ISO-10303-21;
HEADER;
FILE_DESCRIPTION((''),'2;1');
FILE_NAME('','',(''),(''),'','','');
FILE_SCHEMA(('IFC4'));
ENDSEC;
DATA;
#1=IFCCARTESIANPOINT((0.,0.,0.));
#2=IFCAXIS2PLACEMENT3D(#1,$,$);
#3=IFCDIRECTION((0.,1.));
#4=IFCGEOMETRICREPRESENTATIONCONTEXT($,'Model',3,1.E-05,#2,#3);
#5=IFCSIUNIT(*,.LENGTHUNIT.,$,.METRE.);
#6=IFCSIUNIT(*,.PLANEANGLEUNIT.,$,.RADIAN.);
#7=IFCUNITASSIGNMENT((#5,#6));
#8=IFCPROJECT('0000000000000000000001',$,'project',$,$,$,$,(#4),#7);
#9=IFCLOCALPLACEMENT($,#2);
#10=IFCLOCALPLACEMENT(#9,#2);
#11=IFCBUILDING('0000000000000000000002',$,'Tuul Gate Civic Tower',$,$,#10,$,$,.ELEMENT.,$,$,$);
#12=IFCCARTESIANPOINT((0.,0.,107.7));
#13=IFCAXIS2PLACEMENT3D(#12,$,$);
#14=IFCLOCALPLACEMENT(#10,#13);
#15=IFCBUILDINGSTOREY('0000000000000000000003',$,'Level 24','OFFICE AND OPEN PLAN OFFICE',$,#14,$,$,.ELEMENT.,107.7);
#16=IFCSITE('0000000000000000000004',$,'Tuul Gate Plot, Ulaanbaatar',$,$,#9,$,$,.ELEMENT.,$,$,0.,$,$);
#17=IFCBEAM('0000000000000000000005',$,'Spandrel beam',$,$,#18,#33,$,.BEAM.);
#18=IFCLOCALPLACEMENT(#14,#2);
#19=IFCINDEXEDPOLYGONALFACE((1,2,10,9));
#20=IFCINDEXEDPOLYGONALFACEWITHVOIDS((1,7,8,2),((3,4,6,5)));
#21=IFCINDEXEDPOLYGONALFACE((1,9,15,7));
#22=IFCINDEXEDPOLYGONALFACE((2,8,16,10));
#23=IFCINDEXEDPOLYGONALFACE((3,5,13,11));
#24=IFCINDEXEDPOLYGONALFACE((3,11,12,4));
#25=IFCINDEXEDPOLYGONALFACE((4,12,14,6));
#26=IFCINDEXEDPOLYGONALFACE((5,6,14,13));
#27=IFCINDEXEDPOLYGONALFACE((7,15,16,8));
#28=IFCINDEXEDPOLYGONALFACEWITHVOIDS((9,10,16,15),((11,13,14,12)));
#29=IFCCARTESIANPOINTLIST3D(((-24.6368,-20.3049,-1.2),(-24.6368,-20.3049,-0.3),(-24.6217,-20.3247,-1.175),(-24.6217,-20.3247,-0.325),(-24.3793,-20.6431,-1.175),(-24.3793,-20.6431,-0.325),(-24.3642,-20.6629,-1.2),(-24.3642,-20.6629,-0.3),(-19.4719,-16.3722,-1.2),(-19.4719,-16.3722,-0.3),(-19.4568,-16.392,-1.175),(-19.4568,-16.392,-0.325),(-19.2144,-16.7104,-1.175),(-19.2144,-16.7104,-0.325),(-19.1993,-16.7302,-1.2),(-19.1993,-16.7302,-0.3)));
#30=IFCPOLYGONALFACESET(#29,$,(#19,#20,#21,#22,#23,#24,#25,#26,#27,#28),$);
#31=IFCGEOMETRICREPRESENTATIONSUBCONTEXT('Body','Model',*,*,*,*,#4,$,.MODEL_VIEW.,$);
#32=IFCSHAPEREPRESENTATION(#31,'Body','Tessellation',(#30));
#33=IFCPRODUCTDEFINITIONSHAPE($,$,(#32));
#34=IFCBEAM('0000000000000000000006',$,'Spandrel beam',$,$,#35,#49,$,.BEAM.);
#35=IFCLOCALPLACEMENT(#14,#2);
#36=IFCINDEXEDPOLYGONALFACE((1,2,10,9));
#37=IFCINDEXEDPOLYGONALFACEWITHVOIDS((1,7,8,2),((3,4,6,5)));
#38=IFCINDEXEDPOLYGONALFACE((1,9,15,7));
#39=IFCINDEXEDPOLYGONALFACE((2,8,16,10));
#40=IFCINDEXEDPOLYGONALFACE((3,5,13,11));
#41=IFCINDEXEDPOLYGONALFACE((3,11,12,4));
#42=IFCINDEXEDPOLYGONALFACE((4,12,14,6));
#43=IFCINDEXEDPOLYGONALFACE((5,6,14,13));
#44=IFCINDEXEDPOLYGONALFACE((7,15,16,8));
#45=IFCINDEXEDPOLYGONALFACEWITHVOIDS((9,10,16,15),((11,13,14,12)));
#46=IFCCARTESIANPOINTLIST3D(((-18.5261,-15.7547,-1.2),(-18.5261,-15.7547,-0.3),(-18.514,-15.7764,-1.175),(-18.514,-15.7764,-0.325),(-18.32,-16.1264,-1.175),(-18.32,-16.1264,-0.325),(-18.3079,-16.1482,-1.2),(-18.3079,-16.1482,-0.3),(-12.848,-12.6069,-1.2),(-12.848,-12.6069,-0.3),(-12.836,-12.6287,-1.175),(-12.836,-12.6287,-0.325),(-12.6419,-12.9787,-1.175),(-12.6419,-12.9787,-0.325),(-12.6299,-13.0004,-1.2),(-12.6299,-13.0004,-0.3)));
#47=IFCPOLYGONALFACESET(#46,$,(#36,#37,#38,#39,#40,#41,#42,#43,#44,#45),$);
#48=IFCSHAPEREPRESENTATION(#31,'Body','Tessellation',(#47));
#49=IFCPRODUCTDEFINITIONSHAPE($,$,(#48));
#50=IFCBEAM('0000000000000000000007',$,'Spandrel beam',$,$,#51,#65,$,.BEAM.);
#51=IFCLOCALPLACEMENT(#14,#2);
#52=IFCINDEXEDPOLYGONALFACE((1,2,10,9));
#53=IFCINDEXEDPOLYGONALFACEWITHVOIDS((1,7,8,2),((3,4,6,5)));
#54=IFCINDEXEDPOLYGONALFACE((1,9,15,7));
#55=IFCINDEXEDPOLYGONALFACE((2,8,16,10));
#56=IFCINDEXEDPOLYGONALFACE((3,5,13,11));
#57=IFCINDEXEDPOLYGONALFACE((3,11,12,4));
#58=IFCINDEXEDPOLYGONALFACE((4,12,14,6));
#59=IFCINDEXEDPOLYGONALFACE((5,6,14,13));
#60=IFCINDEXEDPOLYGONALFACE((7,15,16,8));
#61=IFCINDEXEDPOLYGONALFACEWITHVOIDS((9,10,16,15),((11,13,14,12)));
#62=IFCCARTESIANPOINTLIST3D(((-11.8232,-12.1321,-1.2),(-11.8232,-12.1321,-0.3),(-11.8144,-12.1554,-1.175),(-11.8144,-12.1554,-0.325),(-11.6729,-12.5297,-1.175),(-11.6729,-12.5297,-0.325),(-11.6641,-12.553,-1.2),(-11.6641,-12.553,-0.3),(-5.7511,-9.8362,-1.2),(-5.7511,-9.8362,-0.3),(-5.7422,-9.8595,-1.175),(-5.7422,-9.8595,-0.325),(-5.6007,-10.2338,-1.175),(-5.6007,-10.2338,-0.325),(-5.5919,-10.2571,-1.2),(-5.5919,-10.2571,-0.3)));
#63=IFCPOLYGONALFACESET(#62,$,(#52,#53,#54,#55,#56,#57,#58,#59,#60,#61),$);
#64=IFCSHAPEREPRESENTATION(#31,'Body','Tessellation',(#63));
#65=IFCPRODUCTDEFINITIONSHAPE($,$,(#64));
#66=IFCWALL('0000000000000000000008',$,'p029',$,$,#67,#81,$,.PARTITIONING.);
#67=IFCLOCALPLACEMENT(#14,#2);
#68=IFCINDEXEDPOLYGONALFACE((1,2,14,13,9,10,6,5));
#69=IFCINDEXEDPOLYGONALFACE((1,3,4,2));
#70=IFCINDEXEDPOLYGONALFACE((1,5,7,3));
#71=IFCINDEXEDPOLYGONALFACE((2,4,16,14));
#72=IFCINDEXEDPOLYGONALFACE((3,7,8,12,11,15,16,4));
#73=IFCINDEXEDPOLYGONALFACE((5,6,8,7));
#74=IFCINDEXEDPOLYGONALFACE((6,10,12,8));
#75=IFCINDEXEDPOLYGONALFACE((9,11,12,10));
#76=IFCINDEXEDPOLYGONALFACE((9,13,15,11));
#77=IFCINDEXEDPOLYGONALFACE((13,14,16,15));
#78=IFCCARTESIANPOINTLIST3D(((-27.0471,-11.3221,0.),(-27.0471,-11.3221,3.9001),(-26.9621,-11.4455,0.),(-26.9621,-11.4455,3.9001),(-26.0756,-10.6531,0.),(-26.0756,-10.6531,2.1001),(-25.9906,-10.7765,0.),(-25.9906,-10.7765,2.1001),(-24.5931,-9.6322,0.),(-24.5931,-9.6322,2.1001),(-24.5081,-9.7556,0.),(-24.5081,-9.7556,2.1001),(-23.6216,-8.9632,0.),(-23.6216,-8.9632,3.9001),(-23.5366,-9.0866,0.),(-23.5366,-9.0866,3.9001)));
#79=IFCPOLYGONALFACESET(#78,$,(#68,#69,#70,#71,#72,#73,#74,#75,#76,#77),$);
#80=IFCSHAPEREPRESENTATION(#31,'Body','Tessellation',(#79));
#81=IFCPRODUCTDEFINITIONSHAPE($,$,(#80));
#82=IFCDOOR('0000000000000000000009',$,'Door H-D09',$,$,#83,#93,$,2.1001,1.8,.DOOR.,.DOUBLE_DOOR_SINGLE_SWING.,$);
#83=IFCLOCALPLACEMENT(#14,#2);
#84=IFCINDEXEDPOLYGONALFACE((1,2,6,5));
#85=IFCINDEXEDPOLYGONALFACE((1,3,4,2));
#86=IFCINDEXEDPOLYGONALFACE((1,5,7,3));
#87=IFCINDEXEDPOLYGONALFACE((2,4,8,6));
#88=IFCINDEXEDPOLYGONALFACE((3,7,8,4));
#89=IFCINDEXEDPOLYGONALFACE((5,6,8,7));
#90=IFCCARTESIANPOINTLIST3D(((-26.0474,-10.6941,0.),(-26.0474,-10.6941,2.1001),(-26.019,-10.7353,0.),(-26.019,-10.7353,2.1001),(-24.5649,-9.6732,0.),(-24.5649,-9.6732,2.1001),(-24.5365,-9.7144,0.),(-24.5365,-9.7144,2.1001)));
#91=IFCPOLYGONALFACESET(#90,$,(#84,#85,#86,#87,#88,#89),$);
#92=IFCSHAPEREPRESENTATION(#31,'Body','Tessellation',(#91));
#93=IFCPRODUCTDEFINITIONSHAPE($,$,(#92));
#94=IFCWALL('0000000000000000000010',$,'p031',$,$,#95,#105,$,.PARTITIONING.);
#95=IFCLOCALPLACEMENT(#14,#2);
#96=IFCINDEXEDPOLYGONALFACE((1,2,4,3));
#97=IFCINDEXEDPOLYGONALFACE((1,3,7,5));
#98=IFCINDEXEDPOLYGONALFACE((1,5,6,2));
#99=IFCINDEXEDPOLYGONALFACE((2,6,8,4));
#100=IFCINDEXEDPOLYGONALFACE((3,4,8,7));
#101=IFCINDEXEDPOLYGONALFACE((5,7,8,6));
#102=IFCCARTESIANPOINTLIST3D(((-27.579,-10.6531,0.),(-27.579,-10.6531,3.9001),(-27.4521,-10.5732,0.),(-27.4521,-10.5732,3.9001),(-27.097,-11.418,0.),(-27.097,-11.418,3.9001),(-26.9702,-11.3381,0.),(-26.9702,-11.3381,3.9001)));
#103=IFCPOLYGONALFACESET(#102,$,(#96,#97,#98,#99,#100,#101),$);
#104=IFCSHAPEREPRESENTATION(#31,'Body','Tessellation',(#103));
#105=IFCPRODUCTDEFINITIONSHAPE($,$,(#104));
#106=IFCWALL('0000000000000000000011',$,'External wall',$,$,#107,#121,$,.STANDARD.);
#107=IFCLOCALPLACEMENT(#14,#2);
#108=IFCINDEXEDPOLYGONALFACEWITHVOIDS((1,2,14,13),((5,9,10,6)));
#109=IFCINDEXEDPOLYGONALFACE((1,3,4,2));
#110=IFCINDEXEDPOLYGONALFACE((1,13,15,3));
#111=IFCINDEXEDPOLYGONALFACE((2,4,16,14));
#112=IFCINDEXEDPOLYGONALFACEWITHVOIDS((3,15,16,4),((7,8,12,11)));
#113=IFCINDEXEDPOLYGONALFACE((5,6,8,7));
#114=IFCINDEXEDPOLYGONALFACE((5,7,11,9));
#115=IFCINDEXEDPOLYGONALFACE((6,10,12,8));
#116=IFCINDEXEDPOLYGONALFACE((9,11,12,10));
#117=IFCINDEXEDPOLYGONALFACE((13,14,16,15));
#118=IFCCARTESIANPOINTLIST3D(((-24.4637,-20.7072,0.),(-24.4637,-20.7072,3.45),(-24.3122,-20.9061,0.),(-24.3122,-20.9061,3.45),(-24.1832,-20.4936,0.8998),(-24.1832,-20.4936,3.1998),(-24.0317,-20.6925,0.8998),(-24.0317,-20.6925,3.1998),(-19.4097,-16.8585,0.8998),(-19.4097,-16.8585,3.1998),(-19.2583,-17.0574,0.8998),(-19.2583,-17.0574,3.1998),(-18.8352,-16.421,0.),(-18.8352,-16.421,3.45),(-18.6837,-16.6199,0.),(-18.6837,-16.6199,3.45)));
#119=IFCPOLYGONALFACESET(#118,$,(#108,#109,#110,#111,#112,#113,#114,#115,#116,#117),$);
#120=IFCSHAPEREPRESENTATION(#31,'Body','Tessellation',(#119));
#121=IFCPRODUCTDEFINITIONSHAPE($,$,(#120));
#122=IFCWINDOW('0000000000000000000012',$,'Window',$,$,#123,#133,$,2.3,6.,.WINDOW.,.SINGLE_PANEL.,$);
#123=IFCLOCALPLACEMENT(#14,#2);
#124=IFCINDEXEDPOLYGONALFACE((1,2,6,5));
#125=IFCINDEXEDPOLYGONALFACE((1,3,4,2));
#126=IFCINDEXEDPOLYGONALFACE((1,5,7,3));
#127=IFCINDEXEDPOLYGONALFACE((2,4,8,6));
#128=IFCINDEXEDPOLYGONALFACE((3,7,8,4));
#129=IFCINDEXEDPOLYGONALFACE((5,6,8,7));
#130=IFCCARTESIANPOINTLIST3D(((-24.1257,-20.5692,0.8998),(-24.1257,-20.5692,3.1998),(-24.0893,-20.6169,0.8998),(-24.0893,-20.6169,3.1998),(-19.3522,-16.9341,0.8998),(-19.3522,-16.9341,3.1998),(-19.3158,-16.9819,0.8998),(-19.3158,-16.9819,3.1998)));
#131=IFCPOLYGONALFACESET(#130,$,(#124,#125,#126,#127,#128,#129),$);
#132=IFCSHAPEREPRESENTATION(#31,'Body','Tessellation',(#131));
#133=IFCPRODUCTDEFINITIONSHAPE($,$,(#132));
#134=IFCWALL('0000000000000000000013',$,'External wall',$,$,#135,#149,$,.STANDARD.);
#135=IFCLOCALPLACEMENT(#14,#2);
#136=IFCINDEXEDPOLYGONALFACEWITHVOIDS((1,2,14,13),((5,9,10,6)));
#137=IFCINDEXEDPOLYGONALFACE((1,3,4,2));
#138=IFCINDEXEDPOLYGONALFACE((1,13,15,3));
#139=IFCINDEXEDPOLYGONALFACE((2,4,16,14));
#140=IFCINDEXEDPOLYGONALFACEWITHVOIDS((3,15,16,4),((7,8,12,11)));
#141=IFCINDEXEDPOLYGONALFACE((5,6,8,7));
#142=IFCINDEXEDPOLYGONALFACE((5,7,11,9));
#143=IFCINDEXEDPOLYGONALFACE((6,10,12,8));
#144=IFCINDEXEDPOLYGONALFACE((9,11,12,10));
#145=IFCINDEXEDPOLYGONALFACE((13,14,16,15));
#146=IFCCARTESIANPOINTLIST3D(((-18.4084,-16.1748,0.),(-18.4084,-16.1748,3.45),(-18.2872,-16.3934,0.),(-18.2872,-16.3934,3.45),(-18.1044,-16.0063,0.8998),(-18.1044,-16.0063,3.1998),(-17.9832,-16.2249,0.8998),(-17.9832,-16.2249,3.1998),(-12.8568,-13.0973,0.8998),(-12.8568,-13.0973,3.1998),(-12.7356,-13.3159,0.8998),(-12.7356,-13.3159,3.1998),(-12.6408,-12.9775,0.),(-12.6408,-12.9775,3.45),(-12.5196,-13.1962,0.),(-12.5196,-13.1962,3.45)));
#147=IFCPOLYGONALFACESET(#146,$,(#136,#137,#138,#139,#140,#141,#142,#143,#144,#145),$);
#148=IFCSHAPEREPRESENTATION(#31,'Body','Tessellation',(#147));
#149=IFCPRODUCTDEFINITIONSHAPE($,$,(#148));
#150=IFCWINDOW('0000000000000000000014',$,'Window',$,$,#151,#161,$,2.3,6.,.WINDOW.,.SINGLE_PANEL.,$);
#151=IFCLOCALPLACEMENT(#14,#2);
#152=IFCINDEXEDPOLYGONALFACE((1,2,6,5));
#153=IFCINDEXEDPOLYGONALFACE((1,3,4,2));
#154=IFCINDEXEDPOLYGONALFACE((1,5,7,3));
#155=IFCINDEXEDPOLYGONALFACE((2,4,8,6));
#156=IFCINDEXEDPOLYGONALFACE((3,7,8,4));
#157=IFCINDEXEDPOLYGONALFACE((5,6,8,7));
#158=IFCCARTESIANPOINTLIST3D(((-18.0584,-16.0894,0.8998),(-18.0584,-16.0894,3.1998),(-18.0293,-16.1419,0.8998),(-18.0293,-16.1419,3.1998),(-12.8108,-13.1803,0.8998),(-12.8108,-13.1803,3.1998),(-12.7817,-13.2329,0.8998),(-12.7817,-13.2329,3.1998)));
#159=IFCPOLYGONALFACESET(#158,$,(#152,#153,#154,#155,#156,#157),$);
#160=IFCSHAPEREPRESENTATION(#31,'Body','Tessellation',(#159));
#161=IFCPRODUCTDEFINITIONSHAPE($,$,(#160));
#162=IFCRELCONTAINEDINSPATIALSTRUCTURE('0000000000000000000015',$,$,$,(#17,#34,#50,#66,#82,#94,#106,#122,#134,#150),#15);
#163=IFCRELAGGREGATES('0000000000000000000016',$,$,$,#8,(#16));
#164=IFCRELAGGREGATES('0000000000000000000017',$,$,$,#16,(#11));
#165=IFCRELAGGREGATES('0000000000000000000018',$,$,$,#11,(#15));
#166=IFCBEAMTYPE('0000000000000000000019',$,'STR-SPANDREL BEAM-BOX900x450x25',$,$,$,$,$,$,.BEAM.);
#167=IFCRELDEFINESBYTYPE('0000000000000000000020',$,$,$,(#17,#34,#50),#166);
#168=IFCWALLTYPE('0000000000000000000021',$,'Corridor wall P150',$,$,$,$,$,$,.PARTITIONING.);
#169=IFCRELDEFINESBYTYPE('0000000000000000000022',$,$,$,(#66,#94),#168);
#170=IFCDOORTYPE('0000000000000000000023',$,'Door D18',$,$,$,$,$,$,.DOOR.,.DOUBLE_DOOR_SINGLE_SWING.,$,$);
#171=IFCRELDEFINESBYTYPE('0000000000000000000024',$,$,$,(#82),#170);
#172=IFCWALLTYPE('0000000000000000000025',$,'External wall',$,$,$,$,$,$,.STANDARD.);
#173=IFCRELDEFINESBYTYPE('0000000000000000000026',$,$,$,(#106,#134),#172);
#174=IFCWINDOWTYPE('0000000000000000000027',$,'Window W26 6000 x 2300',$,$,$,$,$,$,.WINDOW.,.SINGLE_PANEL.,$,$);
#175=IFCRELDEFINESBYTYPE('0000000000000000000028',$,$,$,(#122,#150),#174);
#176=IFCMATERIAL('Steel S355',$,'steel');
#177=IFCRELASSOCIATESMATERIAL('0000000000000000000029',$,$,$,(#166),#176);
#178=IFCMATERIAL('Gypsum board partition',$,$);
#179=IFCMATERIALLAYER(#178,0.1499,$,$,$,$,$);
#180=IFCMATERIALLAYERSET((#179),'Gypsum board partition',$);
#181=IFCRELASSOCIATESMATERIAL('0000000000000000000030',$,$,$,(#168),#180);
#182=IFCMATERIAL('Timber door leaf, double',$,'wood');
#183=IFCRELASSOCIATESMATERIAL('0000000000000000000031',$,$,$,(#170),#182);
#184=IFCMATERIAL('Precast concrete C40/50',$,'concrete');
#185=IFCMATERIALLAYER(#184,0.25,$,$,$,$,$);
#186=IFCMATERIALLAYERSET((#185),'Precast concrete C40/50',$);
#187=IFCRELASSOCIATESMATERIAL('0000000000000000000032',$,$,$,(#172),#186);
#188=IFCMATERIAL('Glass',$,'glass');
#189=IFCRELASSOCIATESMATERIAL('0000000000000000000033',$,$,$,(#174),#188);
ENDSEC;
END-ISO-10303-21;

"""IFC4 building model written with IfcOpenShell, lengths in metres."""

from ifc_helpers import new_model, si_unit, direction, frame, frame_2d, origin, origin_2d, place, context, subcontext, project, spatial, rectangle, hollow_rectangle, extrude, material, layer, layer_set, material_profile, profile_set, type_object, element, fill, save


model = new_model("IFC4")

# Units and contexts
model_context = context("Model", 3, precision=1e-05, world=origin(), true_north=direction((0.0, 1.0)))
body_context = subcontext(model_context, "Body", "Model", "MODEL_VIEW")
ifc_project = project(units=[si_unit("LENGTHUNIT", "METRE"), si_unit("PLANEANGLEUNIT", "RADIAN")], contexts=[model_context])

# Site, building, storey
site_placement = place(None, origin())
site = spatial("IfcSite", under=ifc_project, at=site_placement, Name="Tuul Gate Plot, Ulaanbaatar", CompositionType="ELEMENT", RefElevation=0.0)
building_placement = place(site_placement, origin())
building = spatial("IfcBuilding", under=site, at=building_placement, Name="Tuul Gate Civic Tower", CompositionType="ELEMENT")
storey_placement = place(building_placement, frame((0.0, 0.0, 107.7)))
storey = spatial("IfcBuildingStorey", under=building, at=storey_placement, Name="Level 24", Description="OFFICE AND OPEN PLAN OFFICE", CompositionType="ELEMENT", Elevation=107.7)

# Beams
ifc_material_1 = material(Name="Steel S355", Category="steel")
ifc_material_profile_1 = material_profile(ifc_material_1, hollow_rectangle(XDim=0.45, YDim=0.8999, WallThickness=0.0249, at=origin_2d()), Name="BOX900x450x25")
ifc_profile_set_1 = profile_set([ifc_material_profile_1], Name="Steel S355")
beam_type_1 = type_object("IfcBeamType", Name="STR-SPANDREL BEAM-BOX900x450x25", PredefinedType="BEAM", material=ifc_profile_set_1)
beam_1_placement = place(storey_placement, frame((-24.5005, -20.4839, -0.75), z_axis=(0.795615, 0.605803, 0.0), x_axis=(-0.605803, 0.795615, 0.0)))
element("IfcBeam", 1, at=beam_1_placement, inside=storey, type_object=beam_type_1, Name="Spandrel beam", PredefinedType="BEAM", context=body_context, shape_type="SweptSolid", body=[
    extrude(hollow_rectangle(XDim=0.45, YDim=0.8999, WallThickness=0.0249, at=origin_2d()), origin(), (0.0, 0.0, 1.0), 6.4917),
])
beam_2_placement = place(storey_placement, frame((-18.417, -15.9514, -0.75), z_axis=(0.874597, 0.484851, 0.0), x_axis=(-0.484851, 0.874597, 0.0)))
element("IfcBeam", 2, at=beam_2_placement, inside=storey, type_object=beam_type_1, Name="Spandrel beam", PredefinedType="BEAM", context=body_context, shape_type="SweptSolid", body=[
    extrude(hollow_rectangle(XDim=0.45, YDim=0.8999, WallThickness=0.0249, at=origin_2d()), origin(), (0.0, 0.0, 1.0), 6.4922),
])
beam_3_placement = place(storey_placement, frame((-11.7437, -12.3425, -0.75), z_axis=(0.935374, 0.353661, 0.0), x_axis=(-0.353661, 0.935374, 0.0)))
element("IfcBeam", 3, at=beam_3_placement, inside=storey, type_object=beam_type_1, Name="Spandrel beam", PredefinedType="BEAM", context=body_context, shape_type="SweptSolid", body=[
    extrude(hollow_rectangle(XDim=0.45, YDim=0.8999, WallThickness=0.0249, at=origin_2d()), origin(), (0.0, 0.0, 1.0), 6.4917),
])

# Wall, opening, door
ifc_material_2 = material(Name="Gypsum board partition")
ifc_layer_1 = layer(ifc_material_2, 0.1499)
ifc_layer_set_1 = layer_set([ifc_layer_1], Name="Gypsum board partition")
wall_type_1 = type_object("IfcWallType", Name="Corridor wall P150", PredefinedType="PARTITIONING", material=ifc_layer_set_1)
wall_1_placement = place(storey_placement, frame((-27.0046, -11.3838, 0.0), z_axis=(0.0, 0.0, 1.0), x_axis=(0.823612, 0.567154, 0.0)))
wall_1 = element("IfcWall", 4, at=wall_1_placement, inside=storey, type_object=wall_type_1, Name="p029", PredefinedType="PARTITIONING", context=body_context, shape_type="SweptSolid", body=[
    extrude(rectangle(XDim=4.1592, YDim=0.1499, at=frame_2d((2.0796, 0.0))), origin(), (0.0, 0.0, 1.0), 3.9001),
])
opening_1_placement = place(wall_1_placement, frame((1.1797, 0.0, 0.0)))
opening_1 = element("IfcOpeningElement", 5, at=opening_1_placement, cuts=wall_1, PredefinedType="OPENING", context=body_context, shape_type="SweptSolid", body=[
    extrude(rectangle(XDim=1.8, YDim=2.1001, at=frame_2d((0.8999, 1.05))), frame((0.0, 0.085, 0.0), z_axis=(0.0, -1.0, 0.0), x_axis=(1.0, 0.0, 0.0)), (0.0, 0.0, 1.0), 0.1699),
])
ifc_material_3 = material(Name="Timber door leaf, double", Category="wood")
door_type = type_object("IfcDoorType", Name="Door D18", OperationType="DOUBLE_DOOR_SINGLE_SWING", PredefinedType="DOOR", material=ifc_material_3)
door_placement = place(opening_1_placement, frame((1.8, 0.0, 0.0), z_axis=(0.0, 0.0, 1.0), x_axis=(-1.0, 0.0, 0.0)))
door = element("IfcDoor", 6, at=door_placement, inside=storey, type_object=door_type, Name="Door H-D09", OperationType="DOUBLE_DOOR_SINGLE_SWING", OverallHeight=2.1001, OverallWidth=1.8, PredefinedType="DOOR", context=body_context, shape_type="SweptSolid", body=[
    extrude(rectangle(XDim=1.8, YDim=2.1001, at=frame_2d((0.9001, 1.05))), frame((0.0, 0.0249, 0.0), z_axis=(0.0, -1.0, 0.0), x_axis=(1.0, 0.0, 0.0)), (0.0, 0.0, 1.0), 0.05),
])
fill(opening_1, door)

# Wall
wall_2_placement = place(storey_placement, frame((-27.5156, -10.613, 0.0), z_axis=(0.0, 0.0, 1.0), x_axis=(0.533078, -0.846066, 0.0)))
element("IfcWall", 7, at=wall_2_placement, inside=storey, type_object=wall_type_1, Name="p031", PredefinedType="PARTITIONING", context=body_context, shape_type="SweptSolid", body=[
    extrude(rectangle(XDim=0.9041, YDim=0.1499, at=frame_2d((0.4521, 0.0))), origin(), (0.0, 0.0, 1.0), 3.9001),
])

# Walls, openings, windows
ifc_material_4 = material(Name="Precast concrete C40/50", Category="concrete")
ifc_layer_2 = layer(ifc_material_4, 0.25)
ifc_layer_set_2 = layer_set([ifc_layer_2], Name="Precast concrete C40/50")
wall_type_2 = type_object("IfcWallType", Name="External wall", PredefinedType="STANDARD", material=ifc_layer_set_2)
wall_3_placement = place(storey_placement, frame((-24.3879, -20.8066, 0.0), z_axis=(0.0, 0.0, 1.0), x_axis=(0.795581, 0.605848, 0.0)))
wall_3 = element("IfcWall", 8, at=wall_3_placement, inside=storey, type_object=wall_type_2, Name="External wall", PredefinedType="STANDARD", context=body_context, shape_type="SweptSolid", body=[
    extrude(rectangle(XDim=7.0747, YDim=0.25, at=frame_2d((3.5374, 0.0))), origin(), (0.0, 0.0, 1.0), 3.45),
])
opening_2_placement = place(wall_3_placement, frame((0.3525, 0.0, 0.8999)))
opening_2 = element("IfcOpeningElement", 9, at=opening_2_placement, cuts=wall_3, PredefinedType="OPENING", context=body_context, shape_type="SweptSolid", body=[
    extrude(rectangle(XDim=6.0, YDim=2.3, at=frame_2d((3.0, 1.1499))), frame((0.0, 0.135, 0.0), z_axis=(0.0, -1.0, 0.0), x_axis=(1.0, 0.0, 0.0)), (0.0, 0.0, 1.0), 0.27),
])
ifc_material_5 = material(Name="Glass", Category="glass")
window_type = type_object("IfcWindowType", Name="Window W26 6000 x 2300", PartitioningType="SINGLE_PANEL", PredefinedType="WINDOW", material=ifc_material_5)
window_1_placement = place(opening_2_placement, origin())
window_1 = element("IfcWindow", 10, at=window_1_placement, inside=storey, type_object=window_type, Name="Window", OverallHeight=2.3, OverallWidth=6.0, PartitioningType="SINGLE_PANEL", PredefinedType="WINDOW", context=body_context, shape_type="SweptSolid", body=[
    extrude(rectangle(XDim=6.0, YDim=2.3, at=frame_2d((3.0, 1.1499))), frame((0.0, 0.03, 0.0), z_axis=(0.0, -1.0, 0.0), x_axis=(1.0, 0.0, 0.0)), (0.0, 0.0, 1.0), 0.0601),
])
fill(opening_2, window_1)
wall_4_placement = place(storey_placement, frame((-18.3479, -16.2842, 0.0), z_axis=(0.0, 0.0, 1.0), x_axis=(0.874604, 0.484838, 0.0)))
wall_4 = element("IfcWall", 11, at=wall_4_placement, inside=storey, type_object=wall_type_2, Name="External wall", PredefinedType="STANDARD", context=body_context, shape_type="SweptSolid", body=[
    extrude(rectangle(XDim=6.5945, YDim=0.25, at=frame_2d((3.2974, 0.0))), origin(), (0.0, 0.0, 1.0), 3.45),
])
opening_3_placement = place(wall_4_placement, frame((0.3477, 0.0, 0.8999)))
opening_3 = element("IfcOpeningElement", 12, at=opening_3_placement, cuts=wall_4, PredefinedType="OPENING", context=body_context, shape_type="SweptSolid", body=[
    extrude(rectangle(XDim=6.0, YDim=2.3, at=frame_2d((3.0, 1.1499))), frame((0.0, 0.135, 0.0), z_axis=(0.0, -1.0, 0.0), x_axis=(1.0, 0.0, 0.0)), (0.0, 0.0, 1.0), 0.27),
])
window_2_placement = place(opening_3_placement, origin())
window_2 = element("IfcWindow", 13, at=window_2_placement, inside=storey, type_object=window_type, Name="Window", OverallHeight=2.3, OverallWidth=6.0, PartitioningType="SINGLE_PANEL", PredefinedType="WINDOW", context=body_context, shape_type="SweptSolid", body=[
    extrude(rectangle(XDim=6.0, YDim=2.3, at=frame_2d((3.0, 1.1499))), frame((0.0, 0.03, 0.0), z_axis=(0.0, -1.0, 0.0), x_axis=(1.0, 0.0, 0.0)), (0.0, 0.0, 1.0), 0.0601),
])
fill(opening_3, window_2)

save(model, "model.ifc")
